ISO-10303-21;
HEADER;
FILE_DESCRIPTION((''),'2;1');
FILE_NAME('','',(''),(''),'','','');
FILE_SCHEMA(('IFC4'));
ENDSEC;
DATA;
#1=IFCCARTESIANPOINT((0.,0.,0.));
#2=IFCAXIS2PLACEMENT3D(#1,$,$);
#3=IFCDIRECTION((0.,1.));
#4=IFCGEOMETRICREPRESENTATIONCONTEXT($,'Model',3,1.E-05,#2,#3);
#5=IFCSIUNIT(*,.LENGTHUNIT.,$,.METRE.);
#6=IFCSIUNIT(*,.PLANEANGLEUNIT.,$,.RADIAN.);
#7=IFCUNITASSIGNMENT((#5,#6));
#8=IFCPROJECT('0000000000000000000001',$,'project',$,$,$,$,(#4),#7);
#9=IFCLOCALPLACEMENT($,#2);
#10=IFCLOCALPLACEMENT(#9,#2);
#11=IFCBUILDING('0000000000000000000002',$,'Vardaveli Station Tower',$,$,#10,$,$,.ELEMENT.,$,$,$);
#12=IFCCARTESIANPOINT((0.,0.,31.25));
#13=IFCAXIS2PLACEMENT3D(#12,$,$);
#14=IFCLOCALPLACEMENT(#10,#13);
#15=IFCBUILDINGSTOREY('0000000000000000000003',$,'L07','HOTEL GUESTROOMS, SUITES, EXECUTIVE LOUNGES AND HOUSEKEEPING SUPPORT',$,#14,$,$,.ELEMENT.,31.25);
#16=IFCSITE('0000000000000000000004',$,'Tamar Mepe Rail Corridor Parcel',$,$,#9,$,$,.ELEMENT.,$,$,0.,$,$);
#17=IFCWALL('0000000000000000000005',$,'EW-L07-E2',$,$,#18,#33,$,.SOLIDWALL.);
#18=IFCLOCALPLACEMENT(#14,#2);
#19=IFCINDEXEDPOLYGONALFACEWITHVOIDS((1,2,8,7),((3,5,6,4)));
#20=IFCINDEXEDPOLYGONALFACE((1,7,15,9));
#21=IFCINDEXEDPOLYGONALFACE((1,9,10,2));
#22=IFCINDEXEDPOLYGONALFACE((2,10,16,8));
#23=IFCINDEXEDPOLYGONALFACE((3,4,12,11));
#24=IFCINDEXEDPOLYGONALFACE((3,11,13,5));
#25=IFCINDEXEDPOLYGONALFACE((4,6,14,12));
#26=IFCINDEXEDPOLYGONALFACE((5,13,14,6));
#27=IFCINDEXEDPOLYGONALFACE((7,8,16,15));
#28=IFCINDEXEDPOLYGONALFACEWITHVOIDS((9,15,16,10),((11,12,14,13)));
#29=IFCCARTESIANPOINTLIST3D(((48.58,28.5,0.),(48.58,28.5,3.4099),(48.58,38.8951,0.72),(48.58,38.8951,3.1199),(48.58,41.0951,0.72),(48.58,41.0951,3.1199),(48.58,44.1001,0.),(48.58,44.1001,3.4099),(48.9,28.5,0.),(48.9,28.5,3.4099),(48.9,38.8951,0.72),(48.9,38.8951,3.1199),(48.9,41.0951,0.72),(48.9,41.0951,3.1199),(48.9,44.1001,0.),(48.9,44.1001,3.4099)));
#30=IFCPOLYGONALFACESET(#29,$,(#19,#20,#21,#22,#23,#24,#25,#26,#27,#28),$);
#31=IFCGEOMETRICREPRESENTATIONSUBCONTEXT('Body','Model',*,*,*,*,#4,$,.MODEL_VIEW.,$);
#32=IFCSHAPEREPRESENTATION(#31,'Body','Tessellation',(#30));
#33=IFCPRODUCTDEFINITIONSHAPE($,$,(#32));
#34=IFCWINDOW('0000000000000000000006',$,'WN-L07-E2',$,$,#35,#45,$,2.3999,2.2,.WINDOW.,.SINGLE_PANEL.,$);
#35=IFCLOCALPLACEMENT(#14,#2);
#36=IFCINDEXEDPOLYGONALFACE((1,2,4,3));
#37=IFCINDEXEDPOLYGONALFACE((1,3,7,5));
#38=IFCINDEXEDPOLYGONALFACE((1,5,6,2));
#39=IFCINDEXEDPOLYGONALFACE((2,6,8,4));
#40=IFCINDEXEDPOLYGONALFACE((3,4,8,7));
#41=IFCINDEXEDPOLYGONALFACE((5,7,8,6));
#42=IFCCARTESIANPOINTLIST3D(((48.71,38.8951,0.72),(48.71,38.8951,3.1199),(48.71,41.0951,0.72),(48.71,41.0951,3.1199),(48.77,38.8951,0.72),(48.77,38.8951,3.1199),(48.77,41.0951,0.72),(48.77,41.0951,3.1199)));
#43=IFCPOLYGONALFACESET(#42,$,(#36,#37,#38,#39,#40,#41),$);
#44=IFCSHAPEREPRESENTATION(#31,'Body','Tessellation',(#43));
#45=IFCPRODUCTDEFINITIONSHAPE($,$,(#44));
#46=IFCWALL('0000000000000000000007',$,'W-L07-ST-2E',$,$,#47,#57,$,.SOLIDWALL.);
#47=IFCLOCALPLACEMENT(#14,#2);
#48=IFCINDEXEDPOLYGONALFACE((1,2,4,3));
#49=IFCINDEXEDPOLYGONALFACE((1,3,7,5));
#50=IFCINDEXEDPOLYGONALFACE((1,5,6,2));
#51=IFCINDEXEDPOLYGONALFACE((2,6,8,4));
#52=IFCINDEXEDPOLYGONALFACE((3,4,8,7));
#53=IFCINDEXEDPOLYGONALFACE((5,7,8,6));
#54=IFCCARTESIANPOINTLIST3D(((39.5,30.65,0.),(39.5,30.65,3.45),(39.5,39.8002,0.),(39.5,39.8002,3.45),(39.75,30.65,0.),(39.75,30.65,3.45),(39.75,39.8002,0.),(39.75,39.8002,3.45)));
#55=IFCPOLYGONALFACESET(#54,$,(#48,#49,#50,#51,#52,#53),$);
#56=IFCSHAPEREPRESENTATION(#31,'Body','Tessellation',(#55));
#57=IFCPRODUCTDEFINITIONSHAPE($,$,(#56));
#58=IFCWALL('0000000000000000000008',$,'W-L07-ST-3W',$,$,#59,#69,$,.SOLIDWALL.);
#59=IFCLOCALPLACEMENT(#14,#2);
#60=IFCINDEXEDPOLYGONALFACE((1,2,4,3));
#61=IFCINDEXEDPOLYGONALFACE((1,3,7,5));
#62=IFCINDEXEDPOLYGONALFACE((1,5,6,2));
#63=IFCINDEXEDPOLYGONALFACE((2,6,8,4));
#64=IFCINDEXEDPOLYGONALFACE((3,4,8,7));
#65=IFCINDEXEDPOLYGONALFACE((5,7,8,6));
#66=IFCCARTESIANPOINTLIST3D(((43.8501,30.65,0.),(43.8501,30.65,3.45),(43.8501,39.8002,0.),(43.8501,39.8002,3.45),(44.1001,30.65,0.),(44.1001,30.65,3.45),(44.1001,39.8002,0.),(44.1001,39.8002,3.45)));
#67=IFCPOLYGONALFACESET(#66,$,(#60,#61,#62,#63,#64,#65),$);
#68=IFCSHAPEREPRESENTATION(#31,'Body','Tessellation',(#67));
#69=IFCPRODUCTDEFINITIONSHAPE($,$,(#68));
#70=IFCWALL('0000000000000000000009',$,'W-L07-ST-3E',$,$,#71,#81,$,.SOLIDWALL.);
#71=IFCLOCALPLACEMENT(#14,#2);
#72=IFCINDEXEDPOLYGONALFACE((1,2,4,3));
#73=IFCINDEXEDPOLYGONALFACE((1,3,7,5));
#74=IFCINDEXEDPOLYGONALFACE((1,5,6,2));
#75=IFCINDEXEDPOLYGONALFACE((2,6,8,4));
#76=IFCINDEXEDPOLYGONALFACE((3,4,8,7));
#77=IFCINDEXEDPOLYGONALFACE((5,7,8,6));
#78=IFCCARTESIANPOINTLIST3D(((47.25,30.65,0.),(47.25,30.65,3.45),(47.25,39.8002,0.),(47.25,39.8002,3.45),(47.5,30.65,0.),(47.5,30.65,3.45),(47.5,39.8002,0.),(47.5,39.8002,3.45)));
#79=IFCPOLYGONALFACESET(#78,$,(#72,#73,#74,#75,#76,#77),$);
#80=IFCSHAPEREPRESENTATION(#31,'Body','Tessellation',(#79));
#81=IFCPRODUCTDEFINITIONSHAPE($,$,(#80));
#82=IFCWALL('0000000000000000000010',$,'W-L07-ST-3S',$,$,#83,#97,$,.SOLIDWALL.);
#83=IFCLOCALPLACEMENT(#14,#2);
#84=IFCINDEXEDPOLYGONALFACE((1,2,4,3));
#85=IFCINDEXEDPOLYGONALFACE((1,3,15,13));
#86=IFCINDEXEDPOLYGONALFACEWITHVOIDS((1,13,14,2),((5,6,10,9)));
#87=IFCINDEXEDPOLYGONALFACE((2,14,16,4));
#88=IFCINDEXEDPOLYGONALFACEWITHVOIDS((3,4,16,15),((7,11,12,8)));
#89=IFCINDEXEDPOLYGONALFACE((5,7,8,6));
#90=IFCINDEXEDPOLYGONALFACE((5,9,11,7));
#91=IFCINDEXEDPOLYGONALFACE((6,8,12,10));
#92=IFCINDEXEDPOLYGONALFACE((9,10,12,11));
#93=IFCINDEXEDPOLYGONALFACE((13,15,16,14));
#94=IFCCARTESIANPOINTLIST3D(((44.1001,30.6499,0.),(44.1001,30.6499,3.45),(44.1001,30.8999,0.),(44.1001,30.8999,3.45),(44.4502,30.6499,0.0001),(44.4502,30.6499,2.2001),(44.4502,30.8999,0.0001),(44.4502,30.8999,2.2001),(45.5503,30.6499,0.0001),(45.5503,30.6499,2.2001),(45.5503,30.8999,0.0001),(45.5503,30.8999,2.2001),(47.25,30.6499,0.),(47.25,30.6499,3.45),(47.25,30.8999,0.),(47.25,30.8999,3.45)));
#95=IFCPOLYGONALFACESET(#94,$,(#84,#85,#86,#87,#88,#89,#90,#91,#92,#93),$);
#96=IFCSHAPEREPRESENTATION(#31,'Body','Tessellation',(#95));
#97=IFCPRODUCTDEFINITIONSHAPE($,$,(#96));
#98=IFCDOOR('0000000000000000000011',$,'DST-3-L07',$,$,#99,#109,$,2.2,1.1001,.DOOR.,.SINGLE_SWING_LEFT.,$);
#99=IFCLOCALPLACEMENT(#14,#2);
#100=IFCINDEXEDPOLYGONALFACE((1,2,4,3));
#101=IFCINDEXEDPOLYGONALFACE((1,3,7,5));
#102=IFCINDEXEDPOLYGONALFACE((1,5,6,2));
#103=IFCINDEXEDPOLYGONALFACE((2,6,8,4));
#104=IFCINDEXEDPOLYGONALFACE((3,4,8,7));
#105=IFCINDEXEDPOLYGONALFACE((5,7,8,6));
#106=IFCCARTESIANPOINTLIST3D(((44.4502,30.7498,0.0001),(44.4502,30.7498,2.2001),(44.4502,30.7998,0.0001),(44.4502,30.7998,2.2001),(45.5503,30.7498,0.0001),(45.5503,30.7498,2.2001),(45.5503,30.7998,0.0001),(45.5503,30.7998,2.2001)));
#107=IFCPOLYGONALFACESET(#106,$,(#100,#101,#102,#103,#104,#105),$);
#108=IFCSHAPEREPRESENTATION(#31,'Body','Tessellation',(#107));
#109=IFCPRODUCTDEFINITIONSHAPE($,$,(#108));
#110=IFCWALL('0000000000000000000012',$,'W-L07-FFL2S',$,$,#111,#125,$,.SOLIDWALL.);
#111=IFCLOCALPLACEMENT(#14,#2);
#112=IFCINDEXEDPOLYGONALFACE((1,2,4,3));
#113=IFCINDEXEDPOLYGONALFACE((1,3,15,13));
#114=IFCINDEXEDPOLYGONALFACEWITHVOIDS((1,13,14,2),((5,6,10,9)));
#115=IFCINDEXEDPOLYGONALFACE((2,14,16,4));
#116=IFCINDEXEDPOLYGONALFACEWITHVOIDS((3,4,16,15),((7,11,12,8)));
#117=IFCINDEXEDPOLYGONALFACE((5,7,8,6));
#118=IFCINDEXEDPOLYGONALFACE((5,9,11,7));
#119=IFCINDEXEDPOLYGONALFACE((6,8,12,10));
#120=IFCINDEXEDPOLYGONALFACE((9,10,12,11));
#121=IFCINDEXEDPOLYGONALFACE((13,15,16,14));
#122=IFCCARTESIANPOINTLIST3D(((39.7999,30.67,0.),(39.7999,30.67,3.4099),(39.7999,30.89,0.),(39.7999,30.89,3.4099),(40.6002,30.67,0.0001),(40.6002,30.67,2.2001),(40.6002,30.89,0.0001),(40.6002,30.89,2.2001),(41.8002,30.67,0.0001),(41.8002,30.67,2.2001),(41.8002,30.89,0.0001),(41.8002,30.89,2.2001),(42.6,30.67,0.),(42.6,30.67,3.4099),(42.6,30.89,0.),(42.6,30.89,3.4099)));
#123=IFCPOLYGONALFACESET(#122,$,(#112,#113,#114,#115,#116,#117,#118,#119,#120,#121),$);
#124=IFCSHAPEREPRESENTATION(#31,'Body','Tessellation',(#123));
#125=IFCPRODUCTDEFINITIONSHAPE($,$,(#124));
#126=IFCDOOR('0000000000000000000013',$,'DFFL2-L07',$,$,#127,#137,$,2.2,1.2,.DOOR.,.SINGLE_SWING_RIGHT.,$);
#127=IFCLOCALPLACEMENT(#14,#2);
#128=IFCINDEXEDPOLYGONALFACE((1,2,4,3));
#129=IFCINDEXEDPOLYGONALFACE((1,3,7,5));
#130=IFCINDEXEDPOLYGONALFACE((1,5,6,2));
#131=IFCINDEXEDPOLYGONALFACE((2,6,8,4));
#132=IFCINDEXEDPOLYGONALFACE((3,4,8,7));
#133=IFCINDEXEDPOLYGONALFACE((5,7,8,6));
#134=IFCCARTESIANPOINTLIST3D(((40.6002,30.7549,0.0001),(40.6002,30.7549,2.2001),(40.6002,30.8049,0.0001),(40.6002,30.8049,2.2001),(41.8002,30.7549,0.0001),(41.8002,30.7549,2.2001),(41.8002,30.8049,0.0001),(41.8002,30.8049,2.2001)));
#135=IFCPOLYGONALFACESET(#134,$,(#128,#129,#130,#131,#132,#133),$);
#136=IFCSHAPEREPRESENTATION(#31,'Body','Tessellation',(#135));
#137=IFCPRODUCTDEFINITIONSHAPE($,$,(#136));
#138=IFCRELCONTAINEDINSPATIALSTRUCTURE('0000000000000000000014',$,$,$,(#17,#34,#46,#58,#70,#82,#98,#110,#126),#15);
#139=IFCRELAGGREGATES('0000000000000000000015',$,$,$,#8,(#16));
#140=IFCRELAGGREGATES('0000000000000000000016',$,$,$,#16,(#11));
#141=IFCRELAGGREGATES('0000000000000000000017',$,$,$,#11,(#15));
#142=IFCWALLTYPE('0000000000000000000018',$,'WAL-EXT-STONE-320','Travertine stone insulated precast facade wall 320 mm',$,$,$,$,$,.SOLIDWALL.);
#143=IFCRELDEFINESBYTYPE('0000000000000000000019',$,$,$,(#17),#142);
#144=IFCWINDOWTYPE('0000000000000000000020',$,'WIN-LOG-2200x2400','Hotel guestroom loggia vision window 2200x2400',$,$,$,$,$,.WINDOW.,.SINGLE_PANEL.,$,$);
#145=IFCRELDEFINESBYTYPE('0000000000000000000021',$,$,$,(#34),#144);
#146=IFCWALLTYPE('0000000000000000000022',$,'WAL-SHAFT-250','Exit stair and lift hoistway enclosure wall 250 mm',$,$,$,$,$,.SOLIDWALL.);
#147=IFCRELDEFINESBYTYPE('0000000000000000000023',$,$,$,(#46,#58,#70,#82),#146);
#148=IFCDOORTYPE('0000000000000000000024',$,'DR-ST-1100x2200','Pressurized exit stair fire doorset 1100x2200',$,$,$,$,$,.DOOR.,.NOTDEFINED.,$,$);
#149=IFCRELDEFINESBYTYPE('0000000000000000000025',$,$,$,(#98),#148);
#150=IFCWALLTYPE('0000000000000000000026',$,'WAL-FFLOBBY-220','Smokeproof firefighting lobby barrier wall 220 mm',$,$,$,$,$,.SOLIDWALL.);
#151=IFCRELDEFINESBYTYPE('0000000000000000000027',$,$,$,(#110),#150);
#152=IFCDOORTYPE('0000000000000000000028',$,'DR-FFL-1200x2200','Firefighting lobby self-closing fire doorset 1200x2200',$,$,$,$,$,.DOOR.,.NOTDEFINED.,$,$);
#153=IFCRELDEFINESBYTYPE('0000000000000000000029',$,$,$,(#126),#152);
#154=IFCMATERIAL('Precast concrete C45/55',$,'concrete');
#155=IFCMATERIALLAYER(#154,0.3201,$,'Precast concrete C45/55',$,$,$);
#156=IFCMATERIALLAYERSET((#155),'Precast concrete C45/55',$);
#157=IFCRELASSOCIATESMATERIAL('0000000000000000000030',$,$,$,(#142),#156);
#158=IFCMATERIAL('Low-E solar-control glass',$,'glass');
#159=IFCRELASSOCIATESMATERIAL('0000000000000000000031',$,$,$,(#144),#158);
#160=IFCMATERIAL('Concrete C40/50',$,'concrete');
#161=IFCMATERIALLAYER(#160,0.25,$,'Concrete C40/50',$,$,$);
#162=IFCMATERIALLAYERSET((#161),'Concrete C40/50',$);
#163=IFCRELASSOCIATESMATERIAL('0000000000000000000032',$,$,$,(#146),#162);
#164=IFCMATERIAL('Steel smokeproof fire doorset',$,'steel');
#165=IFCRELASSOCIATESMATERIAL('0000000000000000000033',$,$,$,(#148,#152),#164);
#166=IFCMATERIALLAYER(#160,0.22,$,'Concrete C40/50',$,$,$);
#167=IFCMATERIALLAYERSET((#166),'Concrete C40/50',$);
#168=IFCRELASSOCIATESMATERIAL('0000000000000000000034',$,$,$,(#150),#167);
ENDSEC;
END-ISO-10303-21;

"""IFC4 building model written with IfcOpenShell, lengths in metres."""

from ifc_helpers import new_model, si_unit, direction, frame, frame_2d, origin, place, context, subcontext, project, spatial, rectangle, extrude, source, transform, mapped, material, layer, layer_set, type_object, element, fill, save


model = new_model("IFC4")

# Units and contexts
model_context = context("Model", 3, precision=1e-05, world=origin(), true_north=direction((0.0, 1.0)))
body_context = subcontext(model_context, "Body", "Model", "MODEL_VIEW")
ifc_project = project(units=[si_unit("LENGTHUNIT", "METRE"), si_unit("PLANEANGLEUNIT", "RADIAN")], contexts=[model_context])

# Site, building, storey
site_placement = place(None, origin())
site = spatial("IfcSite", under=ifc_project, at=site_placement, Name="Tamar Mepe Rail Corridor Parcel", CompositionType="ELEMENT", RefElevation=0.0)
building_placement = place(site_placement, origin())
building = spatial("IfcBuilding", under=site, at=building_placement, Name="Vardaveli Station Tower", CompositionType="ELEMENT")
storey_placement = place(building_placement, frame((0.0, 0.0, 31.25)))
storey = spatial("IfcBuildingStorey", under=building, at=storey_placement, Name="L07", Description="HOTEL GUESTROOMS, SUITES, EXECUTIVE LOUNGES AND HOUSEKEEPING SUPPORT", CompositionType="ELEMENT", Elevation=31.25)

# Shared definitions
ifc_material_1 = material(Name="Precast concrete C45/55", Category="concrete")

# Wall, opening, window
ifc_layer_1 = layer(ifc_material_1, 0.3201, Name="Precast concrete C45/55")
ifc_layer_set_1 = layer_set([ifc_layer_1], Name="Precast concrete C45/55")
wall_type_1 = type_object("IfcWallType", Name="WAL-EXT-STONE-320", Description="Travertine stone insulated precast facade wall 320 mm", PredefinedType="SOLIDWALL", material=ifc_layer_set_1)
shared_shape_1 = source(origin(), body_context, "Body", "SweptSolid", [
    extrude(rectangle(XDim=15.6001, YDim=0.3201, at=frame_2d((7.8, 0.0))), origin(), (0.0, 0.0, 1.0), 3.4099),
])
wall_1_placement = place(storey_placement, frame((48.74, 28.5, 0.0), z_axis=(0.0, 0.0, 1.0), x_axis=(0.0, 1.0, 0.0)))
wall_1 = element("IfcWall", 1, at=wall_1_placement, inside=storey, type_object=wall_type_1, Name="EW-L07-E2", PredefinedType="SOLIDWALL", context=body_context, shape_type="MappedRepresentation", body=[
    mapped(shared_shape_1, transform((0.0, 0.0, 0.0), scale=1.0)),
])
shared_shape_2 = source(origin(), body_context, "Body", "SweptSolid", [
    extrude(rectangle(XDim=2.2, YDim=2.3999, at=frame_2d((1.1001, 1.2))), frame((0.0, 0.1699, 0.0), z_axis=(0.0, -1.0, 0.0), x_axis=(1.0, 0.0, 0.0)), (0.0, 0.0, 1.0), 0.3401),
])
opening_1_placement = place(wall_1_placement, frame((10.395, 0.0, 0.72)))
opening_1 = element("IfcOpeningElement", 2, at=opening_1_placement, cuts=wall_1, PredefinedType="OPENING", context=body_context, shape_type="MappedRepresentation", body=[
    mapped(shared_shape_2, transform((0.0, 0.0, 0.0), scale=1.0)),
])
ifc_material_2 = material(Name="Low-E solar-control glass", Category="glass")
window_type = type_object("IfcWindowType", Name="WIN-LOG-2200x2400", Description="Hotel guestroom loggia vision window 2200x2400", PartitioningType="SINGLE_PANEL", PredefinedType="WINDOW", material=ifc_material_2)
shared_shape_3 = source(origin(), body_context, "Body", "SweptSolid", [
    extrude(rectangle(XDim=2.2, YDim=2.3999, at=frame_2d((1.1001, 1.2))), frame((0.0, 0.03, 0.0), z_axis=(0.0, -1.0, 0.0), x_axis=(1.0, 0.0, 0.0)), (0.0, 0.0, 1.0), 0.0601),
])
window_placement = place(opening_1_placement, origin())
window = element("IfcWindow", 3, at=window_placement, inside=storey, type_object=window_type, Name="WN-L07-E2", OverallHeight=2.3999, OverallWidth=2.2, PartitioningType="SINGLE_PANEL", PredefinedType="WINDOW", context=body_context, shape_type="MappedRepresentation", body=[
    mapped(shared_shape_3, transform((0.0, 0.0, 0.0), scale=1.0)),
])
fill(opening_1, window)

# Walls
ifc_material_3 = material(Name="Concrete C40/50", Category="concrete")
ifc_layer_2 = layer(ifc_material_3, 0.25, Name="Concrete C40/50")
ifc_layer_set_2 = layer_set([ifc_layer_2], Name="Concrete C40/50")
wall_type_2 = type_object("IfcWallType", Name="WAL-SHAFT-250", Description="Exit stair and lift hoistway enclosure wall 250 mm", PredefinedType="SOLIDWALL", material=ifc_layer_set_2)
shared_shape_4 = source(origin(), body_context, "Body", "SweptSolid", [
    extrude(rectangle(XDim=9.1501, YDim=0.25, at=frame_2d((4.5752, 0.0))), origin(), (0.0, 0.0, 1.0), 3.45),
])
for number, where, z_axis, x_axis, name in (
    (4, (39.625, 30.6499, 0.0), (0.0, 0.0, 1.0), (0.0, 1.0, 0.0), "W-L07-ST-2E"),
    (5, (43.9751, 30.6499, 0.0), (0.0, 0.0, 1.0), (0.0, 1.0, 0.0), "W-L07-ST-3W"),
    (6, (47.375, 30.6499, 0.0), (0.0, 0.0, 1.0), (0.0, 1.0, 0.0), "W-L07-ST-3E"),
):
    element("IfcWall", number, at=place(storey_placement, frame(where, z_axis=z_axis, x_axis=x_axis)), inside=storey, type_object=wall_type_2, Name=name, PredefinedType="SOLIDWALL", context=body_context, shape_type="MappedRepresentation", body=[
        mapped(shared_shape_4, transform((0.0, 0.0, 0.0), scale=1.0)),
    ])

# Walls, openings, doors
shared_shape_5 = source(origin(), body_context, "Body", "SweptSolid", [
    extrude(rectangle(XDim=3.1499, YDim=0.25, at=frame_2d((1.575, 0.0))), origin(), (0.0, 0.0, 1.0), 3.45),
])
wall_2_placement = place(storey_placement, frame((44.1001, 30.7749, 0.0), z_axis=(0.0, 0.0, 1.0), x_axis=(1.0, 0.0, 0.0)))
wall_2 = element("IfcWall", 7, at=wall_2_placement, inside=storey, type_object=wall_type_2, Name="W-L07-ST-3S", PredefinedType="SOLIDWALL", context=body_context, shape_type="MappedRepresentation", body=[
    mapped(shared_shape_5, transform((0.0, 0.0, 0.0), scale=1.0)),
])
shared_shape_6 = source(origin(), body_context, "Body", "SweptSolid", [
    extrude(rectangle(XDim=1.1001, YDim=2.2, at=frame_2d((0.55, 1.1001))), frame((0.0, 0.135, 0.0), z_axis=(0.0, -1.0, 0.0), x_axis=(1.0, 0.0, 0.0)), (0.0, 0.0, 1.0), 0.27),
])
opening_2_placement = place(wall_2_placement, frame((0.3501, 0.0, 0.0)))
opening_2 = element("IfcOpeningElement", 8, at=opening_2_placement, cuts=wall_2, PredefinedType="OPENING", context=body_context, shape_type="MappedRepresentation", body=[
    mapped(shared_shape_6, transform((0.0, 0.0, 0.0), scale=1.0)),
])
ifc_material_4 = material(Name="Steel smokeproof fire doorset", Category="steel")
door_type_1 = type_object("IfcDoorType", Name="DR-ST-1100x2200", Description="Pressurized exit stair fire doorset 1100x2200", OperationType="NOTDEFINED", PredefinedType="DOOR", material=ifc_material_4)
shared_shape_7 = source(origin(), body_context, "Body", "SweptSolid", [
    extrude(rectangle(XDim=1.1001, YDim=2.2, at=frame_2d((0.55, 1.1001))), frame((0.0, 0.0249, 0.0), z_axis=(0.0, -1.0, 0.0), x_axis=(1.0, 0.0, 0.0)), (0.0, 0.0, 1.0), 0.05),
])
door_1_placement = place(opening_2_placement, origin())
door_1 = element("IfcDoor", 9, at=door_1_placement, inside=storey, type_object=door_type_1, Name="DST-3-L07", OperationType="SINGLE_SWING_LEFT", OverallHeight=2.2, OverallWidth=1.1001, PredefinedType="DOOR", context=body_context, shape_type="MappedRepresentation", body=[
    mapped(shared_shape_7, transform((0.0, 0.0, 0.0), scale=1.0)),
])
fill(opening_2, door_1)
ifc_layer_3 = layer(ifc_material_3, 0.22, Name="Concrete C40/50")
ifc_layer_set_3 = layer_set([ifc_layer_3], Name="Concrete C40/50")
wall_type_3 = type_object("IfcWallType", Name="WAL-FFLOBBY-220", Description="Smokeproof firefighting lobby barrier wall 220 mm", PredefinedType="SOLIDWALL", material=ifc_layer_set_3)
shared_shape_8 = source(origin(), body_context, "Body", "SweptSolid", [
    extrude(rectangle(XDim=2.8, YDim=0.22, at=frame_2d((1.3999, 0.0))), origin(), (0.0, 0.0, 1.0), 3.4099),
])
wall_3_placement = place(storey_placement, frame((39.8, 30.78, 0.0), z_axis=(0.0, 0.0, 1.0), x_axis=(1.0, 0.0, 0.0)))
wall_3 = element("IfcWall", 10, at=wall_3_placement, inside=storey, type_object=wall_type_3, Name="W-L07-FFL2S", PredefinedType="SOLIDWALL", context=body_context, shape_type="MappedRepresentation", body=[
    mapped(shared_shape_8, transform((0.0, 0.0, 0.0), scale=1.0)),
])
shared_shape_9 = source(origin(), body_context, "Body", "SweptSolid", [
    extrude(rectangle(XDim=1.2, YDim=2.2, at=frame_2d((0.6001, 1.1001))), frame((0.0, 0.1201, 0.0), z_axis=(0.0, -1.0, 0.0), x_axis=(1.0, 0.0, 0.0)), (0.0, 0.0, 1.0), 0.24),
])
opening_3_placement = place(wall_3_placement, frame((0.8, 0.0, 0.0)))
opening_3 = element("IfcOpeningElement", 11, at=opening_3_placement, cuts=wall_3, PredefinedType="OPENING", context=body_context, shape_type="MappedRepresentation", body=[
    mapped(shared_shape_9, transform((0.0, 0.0, 0.0), scale=1.0)),
])
door_type_2 = type_object("IfcDoorType", Name="DR-FFL-1200x2200", Description="Firefighting lobby self-closing fire doorset 1200x2200", OperationType="NOTDEFINED", PredefinedType="DOOR", material=ifc_material_4)
shared_shape_10 = source(origin(), body_context, "Body", "SweptSolid", [
    extrude(rectangle(XDim=1.2, YDim=2.2, at=frame_2d((0.6001, 1.1001))), frame((0.0, 0.0249, 0.0), z_axis=(0.0, -1.0, 0.0), x_axis=(1.0, 0.0, 0.0)), (0.0, 0.0, 1.0), 0.05),
])
door_2_placement = place(opening_3_placement, origin())
door_2 = element("IfcDoor", 12, at=door_2_placement, inside=storey, type_object=door_type_2, Name="DFFL2-L07", OperationType="SINGLE_SWING_RIGHT", OverallHeight=2.2, OverallWidth=1.2, PredefinedType="DOOR", context=body_context, shape_type="MappedRepresentation", body=[
    mapped(shared_shape_10, transform((0.0, 0.0, 0.0), scale=1.0)),
])
fill(opening_3, door_2)

save(model, "model.ifc")
